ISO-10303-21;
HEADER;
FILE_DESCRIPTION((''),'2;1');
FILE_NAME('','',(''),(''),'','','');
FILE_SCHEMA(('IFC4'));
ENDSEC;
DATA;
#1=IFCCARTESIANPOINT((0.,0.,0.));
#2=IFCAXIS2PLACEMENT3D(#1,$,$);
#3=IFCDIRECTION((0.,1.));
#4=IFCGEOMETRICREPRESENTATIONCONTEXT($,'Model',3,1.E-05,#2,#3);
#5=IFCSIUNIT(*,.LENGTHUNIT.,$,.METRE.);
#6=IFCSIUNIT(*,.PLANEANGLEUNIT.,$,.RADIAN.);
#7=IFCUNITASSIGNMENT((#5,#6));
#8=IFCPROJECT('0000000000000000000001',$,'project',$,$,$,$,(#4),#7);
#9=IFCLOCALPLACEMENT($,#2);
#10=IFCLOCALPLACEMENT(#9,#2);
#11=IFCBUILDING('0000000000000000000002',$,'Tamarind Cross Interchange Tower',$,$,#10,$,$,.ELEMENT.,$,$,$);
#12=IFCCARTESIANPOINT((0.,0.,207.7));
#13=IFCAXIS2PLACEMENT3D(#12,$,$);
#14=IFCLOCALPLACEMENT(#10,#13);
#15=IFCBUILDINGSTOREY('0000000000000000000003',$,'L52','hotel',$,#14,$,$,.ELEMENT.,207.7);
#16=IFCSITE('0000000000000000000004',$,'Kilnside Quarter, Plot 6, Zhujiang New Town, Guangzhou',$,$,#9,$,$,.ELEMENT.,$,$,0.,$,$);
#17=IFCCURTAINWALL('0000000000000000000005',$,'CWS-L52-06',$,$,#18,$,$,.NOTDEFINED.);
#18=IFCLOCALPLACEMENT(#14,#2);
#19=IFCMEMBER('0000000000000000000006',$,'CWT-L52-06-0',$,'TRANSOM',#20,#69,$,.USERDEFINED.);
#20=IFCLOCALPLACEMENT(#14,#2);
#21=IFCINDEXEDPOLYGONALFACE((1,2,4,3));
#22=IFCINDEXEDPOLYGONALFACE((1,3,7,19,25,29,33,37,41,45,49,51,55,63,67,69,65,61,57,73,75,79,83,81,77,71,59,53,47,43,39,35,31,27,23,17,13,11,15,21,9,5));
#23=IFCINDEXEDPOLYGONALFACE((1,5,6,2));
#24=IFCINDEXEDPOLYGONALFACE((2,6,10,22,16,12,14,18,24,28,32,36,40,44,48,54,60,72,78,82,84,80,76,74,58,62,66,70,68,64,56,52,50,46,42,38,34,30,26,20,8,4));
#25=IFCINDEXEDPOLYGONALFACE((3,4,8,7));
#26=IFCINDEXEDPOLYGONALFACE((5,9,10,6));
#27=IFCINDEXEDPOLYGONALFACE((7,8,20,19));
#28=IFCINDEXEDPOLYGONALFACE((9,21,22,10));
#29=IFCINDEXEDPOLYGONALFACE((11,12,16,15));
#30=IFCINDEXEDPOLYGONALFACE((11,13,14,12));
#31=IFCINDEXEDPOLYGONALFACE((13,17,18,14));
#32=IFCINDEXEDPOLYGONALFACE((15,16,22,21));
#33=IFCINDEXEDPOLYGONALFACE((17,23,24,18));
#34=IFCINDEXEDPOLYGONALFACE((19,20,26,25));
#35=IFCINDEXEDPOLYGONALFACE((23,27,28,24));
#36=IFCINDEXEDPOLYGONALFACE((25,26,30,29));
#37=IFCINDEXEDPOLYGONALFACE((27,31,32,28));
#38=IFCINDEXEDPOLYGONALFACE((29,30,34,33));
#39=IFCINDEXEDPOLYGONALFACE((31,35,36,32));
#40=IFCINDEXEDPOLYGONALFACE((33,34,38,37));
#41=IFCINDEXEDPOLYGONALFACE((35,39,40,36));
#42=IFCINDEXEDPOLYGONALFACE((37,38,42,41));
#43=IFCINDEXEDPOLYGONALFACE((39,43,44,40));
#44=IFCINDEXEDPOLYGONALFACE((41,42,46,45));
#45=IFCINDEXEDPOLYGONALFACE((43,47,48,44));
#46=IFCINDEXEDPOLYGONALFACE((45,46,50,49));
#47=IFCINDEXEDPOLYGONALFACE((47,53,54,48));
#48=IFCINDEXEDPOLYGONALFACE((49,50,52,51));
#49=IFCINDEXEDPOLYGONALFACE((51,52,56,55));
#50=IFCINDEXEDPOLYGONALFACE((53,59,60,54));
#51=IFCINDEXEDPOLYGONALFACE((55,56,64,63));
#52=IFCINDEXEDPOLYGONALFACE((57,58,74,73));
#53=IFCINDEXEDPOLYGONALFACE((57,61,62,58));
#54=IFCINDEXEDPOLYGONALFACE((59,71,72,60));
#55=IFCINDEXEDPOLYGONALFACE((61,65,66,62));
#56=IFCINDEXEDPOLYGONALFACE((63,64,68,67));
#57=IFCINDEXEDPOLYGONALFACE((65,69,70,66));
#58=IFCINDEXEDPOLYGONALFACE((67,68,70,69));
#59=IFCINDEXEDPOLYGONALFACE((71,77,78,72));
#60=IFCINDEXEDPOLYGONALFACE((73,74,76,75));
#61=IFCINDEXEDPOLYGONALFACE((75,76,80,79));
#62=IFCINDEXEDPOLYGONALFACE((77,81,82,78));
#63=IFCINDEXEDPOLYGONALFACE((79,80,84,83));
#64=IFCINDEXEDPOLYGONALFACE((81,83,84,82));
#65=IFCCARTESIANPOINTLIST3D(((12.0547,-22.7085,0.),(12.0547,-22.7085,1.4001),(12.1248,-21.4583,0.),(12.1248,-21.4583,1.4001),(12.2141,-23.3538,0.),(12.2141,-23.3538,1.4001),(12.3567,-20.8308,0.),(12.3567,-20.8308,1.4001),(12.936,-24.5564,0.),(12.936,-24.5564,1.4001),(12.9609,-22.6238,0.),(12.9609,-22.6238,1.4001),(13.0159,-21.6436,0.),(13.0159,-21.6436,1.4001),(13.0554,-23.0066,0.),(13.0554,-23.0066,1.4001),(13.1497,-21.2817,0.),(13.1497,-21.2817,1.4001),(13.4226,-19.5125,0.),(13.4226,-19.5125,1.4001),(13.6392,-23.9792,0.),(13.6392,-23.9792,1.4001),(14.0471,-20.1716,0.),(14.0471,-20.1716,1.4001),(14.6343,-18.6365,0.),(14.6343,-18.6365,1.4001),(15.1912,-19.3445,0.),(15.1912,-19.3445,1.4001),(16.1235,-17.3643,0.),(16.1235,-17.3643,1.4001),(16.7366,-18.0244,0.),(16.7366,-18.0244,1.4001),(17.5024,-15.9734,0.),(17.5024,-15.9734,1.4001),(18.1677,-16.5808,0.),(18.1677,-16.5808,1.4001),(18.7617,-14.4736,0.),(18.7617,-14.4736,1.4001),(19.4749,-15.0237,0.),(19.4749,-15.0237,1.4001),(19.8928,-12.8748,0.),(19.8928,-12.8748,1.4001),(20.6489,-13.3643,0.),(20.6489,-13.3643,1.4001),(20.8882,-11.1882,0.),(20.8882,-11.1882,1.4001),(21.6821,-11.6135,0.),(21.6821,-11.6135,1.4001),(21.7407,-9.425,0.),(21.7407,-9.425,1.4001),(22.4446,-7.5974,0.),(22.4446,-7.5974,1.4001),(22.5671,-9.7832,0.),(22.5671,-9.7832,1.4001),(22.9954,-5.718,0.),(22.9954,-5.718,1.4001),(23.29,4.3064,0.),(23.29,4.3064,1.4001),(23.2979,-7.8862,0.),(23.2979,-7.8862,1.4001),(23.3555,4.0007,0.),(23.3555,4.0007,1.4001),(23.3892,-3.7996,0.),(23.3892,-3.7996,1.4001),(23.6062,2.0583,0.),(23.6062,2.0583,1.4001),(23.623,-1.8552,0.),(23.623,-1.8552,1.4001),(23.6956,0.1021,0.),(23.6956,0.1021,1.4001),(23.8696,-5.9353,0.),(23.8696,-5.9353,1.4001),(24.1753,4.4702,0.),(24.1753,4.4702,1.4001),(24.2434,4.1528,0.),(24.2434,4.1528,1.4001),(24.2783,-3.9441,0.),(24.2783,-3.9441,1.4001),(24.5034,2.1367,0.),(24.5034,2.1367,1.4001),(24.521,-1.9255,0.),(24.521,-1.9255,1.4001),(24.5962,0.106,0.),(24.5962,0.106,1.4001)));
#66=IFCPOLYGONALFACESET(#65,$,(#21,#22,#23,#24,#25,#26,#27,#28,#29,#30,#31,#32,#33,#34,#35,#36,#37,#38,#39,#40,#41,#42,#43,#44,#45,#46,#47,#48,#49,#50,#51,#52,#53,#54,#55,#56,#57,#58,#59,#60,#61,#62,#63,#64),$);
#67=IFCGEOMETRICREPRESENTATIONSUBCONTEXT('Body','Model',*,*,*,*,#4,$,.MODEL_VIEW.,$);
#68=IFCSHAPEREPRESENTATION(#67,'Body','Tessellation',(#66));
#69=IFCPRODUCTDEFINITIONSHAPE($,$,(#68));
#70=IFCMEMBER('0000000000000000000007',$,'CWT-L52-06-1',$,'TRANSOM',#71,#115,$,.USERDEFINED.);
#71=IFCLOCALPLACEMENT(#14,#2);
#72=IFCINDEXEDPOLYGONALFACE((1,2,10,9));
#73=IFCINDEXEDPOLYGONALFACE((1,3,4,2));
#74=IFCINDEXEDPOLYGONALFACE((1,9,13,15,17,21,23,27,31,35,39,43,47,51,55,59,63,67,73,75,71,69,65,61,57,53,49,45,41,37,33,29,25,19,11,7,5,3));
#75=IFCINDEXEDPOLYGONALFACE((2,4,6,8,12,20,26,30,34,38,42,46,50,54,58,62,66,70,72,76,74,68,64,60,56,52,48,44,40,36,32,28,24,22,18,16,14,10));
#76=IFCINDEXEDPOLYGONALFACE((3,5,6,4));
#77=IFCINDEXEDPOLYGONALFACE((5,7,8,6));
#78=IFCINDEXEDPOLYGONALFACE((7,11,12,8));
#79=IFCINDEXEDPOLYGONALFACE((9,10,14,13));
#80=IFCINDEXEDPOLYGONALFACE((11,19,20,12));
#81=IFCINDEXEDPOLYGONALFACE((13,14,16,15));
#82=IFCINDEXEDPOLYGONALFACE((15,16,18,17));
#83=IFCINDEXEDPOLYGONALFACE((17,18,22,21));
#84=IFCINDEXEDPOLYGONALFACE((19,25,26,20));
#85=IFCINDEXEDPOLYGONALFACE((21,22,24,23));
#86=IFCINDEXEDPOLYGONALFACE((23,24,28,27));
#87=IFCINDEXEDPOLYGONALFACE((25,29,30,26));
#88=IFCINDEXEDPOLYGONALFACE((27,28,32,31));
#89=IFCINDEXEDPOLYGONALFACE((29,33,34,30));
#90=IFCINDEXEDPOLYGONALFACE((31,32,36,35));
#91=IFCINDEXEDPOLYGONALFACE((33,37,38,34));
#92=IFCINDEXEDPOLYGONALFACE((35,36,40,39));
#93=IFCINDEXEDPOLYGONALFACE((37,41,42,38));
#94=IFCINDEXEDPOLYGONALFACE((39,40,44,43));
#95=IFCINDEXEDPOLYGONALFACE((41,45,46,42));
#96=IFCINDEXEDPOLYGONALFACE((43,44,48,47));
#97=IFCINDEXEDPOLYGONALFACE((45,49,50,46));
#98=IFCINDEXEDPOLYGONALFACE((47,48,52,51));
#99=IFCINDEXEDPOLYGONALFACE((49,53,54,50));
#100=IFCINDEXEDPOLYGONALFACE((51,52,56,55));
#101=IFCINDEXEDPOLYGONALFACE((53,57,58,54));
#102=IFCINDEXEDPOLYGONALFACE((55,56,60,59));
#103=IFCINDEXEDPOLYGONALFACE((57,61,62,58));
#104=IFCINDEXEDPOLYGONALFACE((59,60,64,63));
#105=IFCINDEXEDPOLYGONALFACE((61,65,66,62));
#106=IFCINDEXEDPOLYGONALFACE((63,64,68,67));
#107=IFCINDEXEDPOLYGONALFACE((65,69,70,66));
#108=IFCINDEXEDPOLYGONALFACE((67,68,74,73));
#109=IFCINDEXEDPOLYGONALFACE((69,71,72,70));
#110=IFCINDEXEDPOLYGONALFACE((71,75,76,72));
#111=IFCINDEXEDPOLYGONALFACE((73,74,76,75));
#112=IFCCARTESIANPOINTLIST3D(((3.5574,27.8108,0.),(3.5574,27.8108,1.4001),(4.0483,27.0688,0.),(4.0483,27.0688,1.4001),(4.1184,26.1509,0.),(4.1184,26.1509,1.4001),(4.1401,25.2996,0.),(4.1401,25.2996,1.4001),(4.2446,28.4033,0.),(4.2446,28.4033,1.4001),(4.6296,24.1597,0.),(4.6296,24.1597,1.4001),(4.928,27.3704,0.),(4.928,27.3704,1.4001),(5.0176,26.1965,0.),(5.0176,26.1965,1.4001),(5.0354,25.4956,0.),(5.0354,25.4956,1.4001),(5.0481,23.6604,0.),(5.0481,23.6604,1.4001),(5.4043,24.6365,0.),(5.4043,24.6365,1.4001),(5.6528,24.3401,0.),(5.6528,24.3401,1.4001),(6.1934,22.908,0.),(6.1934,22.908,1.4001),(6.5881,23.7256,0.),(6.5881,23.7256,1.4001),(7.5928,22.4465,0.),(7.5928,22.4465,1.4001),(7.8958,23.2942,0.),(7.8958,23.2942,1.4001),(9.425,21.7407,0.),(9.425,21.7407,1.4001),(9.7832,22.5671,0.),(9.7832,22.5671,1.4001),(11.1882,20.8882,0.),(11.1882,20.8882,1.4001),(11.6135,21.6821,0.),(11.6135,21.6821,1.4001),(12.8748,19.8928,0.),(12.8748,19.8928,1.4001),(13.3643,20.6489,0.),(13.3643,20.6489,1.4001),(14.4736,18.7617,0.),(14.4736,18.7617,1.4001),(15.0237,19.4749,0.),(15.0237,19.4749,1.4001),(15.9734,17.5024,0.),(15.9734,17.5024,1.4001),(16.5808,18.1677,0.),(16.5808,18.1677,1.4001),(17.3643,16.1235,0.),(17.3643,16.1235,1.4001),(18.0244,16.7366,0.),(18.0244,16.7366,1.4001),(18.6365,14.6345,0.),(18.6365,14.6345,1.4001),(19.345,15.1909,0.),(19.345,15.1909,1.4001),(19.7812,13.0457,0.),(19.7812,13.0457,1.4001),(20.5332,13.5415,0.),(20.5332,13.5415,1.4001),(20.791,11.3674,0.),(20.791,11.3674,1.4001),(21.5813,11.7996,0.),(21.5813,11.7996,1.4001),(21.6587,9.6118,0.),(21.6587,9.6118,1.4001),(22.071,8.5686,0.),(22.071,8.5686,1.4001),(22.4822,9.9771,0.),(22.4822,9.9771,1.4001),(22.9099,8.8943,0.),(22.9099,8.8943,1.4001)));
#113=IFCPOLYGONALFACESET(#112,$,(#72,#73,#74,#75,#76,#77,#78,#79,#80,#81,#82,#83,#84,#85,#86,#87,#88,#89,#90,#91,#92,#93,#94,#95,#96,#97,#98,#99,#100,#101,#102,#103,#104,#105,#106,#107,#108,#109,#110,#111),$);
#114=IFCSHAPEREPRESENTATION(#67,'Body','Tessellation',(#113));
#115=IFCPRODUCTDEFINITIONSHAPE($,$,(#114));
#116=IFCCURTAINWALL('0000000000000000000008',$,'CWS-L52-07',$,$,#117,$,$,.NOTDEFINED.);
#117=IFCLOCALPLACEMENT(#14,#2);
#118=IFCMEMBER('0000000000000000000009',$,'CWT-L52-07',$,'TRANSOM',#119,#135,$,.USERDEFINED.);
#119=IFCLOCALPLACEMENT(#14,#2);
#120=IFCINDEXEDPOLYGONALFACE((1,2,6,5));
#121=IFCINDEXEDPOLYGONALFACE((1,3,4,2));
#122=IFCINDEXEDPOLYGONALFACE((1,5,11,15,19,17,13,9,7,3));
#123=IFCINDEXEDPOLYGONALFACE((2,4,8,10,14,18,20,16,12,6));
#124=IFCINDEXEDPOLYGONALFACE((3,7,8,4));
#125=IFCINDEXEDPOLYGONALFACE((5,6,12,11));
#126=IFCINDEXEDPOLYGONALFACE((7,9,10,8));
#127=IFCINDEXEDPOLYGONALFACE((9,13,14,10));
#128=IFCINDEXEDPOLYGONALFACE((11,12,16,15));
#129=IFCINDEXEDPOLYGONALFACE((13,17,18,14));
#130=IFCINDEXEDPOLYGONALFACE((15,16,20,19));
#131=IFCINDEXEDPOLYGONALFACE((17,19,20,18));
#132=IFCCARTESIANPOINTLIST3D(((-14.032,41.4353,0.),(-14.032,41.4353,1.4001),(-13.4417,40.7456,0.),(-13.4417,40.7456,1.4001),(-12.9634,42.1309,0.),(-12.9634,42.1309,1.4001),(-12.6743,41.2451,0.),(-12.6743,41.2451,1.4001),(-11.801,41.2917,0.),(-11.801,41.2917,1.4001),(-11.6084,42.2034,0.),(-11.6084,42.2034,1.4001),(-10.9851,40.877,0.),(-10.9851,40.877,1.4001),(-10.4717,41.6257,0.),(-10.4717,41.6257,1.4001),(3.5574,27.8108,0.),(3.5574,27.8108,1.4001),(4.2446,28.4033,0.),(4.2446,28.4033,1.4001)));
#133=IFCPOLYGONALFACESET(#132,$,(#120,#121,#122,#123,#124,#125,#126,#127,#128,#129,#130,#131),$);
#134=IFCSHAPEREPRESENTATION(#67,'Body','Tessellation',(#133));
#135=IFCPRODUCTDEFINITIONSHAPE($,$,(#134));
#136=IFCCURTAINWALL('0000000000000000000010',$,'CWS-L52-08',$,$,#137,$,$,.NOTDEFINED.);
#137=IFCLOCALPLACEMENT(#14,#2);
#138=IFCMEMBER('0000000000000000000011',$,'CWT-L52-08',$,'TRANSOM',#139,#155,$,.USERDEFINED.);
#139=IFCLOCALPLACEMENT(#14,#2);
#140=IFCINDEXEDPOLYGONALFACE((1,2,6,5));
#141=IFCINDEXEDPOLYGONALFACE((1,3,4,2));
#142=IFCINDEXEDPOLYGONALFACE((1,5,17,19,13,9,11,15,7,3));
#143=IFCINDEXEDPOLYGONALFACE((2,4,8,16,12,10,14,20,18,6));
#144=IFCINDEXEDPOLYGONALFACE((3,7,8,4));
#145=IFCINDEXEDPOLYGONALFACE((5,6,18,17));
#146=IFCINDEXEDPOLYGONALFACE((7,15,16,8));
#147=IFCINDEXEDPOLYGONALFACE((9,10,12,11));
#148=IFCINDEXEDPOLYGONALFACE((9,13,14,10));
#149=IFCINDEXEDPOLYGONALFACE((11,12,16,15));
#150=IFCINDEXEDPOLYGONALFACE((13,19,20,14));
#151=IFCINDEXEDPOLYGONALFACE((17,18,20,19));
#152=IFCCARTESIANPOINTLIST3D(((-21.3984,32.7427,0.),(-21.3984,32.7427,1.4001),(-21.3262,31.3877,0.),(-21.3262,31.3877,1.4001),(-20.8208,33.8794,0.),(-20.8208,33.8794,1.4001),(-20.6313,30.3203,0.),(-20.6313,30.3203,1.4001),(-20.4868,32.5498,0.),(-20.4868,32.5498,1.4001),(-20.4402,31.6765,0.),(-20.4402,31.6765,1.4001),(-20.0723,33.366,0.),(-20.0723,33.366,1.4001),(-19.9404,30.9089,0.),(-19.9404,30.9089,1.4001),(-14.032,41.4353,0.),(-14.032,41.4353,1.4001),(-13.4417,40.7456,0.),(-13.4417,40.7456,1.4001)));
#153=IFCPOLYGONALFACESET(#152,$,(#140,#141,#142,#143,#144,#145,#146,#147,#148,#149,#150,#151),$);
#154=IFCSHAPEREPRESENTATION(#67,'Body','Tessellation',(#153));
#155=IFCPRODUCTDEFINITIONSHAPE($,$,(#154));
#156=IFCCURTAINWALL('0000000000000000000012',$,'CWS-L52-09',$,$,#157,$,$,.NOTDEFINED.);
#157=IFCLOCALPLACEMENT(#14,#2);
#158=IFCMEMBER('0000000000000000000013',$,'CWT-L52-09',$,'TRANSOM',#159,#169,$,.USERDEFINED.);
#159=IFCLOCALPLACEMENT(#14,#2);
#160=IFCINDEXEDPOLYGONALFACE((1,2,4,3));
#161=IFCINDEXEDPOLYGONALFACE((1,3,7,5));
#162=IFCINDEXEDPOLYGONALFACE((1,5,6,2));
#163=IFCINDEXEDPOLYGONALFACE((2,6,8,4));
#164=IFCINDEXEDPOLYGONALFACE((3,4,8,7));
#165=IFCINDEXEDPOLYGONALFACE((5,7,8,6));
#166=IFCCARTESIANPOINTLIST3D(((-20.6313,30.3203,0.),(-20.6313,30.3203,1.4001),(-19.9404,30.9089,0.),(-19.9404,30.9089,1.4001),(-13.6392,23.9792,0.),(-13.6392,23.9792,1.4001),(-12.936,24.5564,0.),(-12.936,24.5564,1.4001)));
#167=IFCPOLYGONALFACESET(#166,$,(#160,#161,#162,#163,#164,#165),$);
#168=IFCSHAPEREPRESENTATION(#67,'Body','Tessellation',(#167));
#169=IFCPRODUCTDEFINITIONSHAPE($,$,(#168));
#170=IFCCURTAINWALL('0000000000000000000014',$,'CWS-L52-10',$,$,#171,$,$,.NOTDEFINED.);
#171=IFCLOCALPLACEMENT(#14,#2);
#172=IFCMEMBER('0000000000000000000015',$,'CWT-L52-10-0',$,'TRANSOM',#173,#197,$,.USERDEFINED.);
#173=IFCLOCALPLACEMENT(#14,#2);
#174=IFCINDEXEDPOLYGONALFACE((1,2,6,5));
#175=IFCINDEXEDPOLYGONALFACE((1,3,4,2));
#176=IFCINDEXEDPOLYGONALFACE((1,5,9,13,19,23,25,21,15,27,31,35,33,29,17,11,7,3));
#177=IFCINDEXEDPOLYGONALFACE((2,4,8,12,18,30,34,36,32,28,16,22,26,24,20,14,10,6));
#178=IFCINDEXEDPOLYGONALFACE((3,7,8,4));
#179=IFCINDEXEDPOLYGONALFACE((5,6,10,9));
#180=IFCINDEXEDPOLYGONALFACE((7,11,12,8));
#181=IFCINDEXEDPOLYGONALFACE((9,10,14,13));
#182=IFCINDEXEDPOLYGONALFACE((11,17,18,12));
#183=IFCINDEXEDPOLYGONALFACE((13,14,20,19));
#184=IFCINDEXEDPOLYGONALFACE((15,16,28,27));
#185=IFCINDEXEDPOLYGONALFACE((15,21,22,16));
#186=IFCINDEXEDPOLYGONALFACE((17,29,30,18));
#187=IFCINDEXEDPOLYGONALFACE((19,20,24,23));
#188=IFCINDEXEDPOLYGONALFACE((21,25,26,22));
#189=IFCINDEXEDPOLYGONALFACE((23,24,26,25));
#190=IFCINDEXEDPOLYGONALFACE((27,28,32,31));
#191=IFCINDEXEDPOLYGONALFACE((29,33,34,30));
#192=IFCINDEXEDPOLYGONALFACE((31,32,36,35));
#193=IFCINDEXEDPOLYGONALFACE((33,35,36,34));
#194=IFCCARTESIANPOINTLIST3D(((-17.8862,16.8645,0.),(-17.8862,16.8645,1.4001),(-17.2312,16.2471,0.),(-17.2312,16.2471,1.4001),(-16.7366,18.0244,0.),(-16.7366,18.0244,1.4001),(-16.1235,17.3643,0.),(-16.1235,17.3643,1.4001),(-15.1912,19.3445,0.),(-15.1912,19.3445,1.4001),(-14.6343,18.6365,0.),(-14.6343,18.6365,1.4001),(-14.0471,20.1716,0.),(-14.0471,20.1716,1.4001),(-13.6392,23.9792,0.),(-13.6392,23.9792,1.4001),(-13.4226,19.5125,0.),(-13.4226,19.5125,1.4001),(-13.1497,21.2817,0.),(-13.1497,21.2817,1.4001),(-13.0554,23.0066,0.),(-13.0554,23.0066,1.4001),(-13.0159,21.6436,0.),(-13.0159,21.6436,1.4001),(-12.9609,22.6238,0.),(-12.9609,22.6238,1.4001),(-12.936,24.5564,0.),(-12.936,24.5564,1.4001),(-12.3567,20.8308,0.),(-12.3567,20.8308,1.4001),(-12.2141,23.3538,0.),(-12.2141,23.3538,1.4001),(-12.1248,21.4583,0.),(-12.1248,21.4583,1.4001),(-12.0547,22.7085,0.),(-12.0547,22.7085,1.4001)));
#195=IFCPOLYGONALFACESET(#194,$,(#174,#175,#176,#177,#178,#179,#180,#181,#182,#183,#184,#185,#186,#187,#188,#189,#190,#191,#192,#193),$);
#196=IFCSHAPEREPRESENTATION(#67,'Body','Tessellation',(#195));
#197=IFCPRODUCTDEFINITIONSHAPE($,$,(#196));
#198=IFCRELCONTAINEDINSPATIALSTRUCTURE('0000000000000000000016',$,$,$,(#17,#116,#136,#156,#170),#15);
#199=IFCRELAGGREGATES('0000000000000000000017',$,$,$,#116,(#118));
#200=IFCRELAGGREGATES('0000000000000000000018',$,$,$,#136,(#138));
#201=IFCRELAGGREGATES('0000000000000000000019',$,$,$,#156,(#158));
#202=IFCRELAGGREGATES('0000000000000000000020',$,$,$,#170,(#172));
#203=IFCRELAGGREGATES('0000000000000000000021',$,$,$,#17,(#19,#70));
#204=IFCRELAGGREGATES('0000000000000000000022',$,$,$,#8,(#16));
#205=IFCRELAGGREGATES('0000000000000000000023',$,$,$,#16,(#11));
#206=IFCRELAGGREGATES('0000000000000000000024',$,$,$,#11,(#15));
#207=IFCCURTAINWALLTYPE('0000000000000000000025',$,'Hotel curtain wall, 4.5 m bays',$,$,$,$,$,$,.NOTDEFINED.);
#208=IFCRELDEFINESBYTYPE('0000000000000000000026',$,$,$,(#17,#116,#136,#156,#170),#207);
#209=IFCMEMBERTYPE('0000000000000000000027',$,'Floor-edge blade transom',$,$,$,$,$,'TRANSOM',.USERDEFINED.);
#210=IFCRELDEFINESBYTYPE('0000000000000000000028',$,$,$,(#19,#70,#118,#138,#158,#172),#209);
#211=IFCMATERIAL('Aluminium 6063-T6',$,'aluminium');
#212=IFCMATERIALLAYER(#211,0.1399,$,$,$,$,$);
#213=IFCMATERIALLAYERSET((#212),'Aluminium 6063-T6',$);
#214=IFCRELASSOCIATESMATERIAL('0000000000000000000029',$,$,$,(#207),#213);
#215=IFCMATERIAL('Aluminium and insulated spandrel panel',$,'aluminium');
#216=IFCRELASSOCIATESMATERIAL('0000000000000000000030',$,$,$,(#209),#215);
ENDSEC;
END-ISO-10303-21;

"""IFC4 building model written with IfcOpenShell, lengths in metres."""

from ifc_helpers import new_model, si_unit, direction, frame, origin, place, context, subcontext, project, spatial, polyline, outline, extrude, material, layer, layer_set, type_object, element, aggregate, save


model = new_model("IFC4")

# Units and contexts
model_context = context("Model", 3, precision=1e-05, world=origin(), true_north=direction((0.0, 1.0)))
body_context = subcontext(model_context, "Body", "Model", "MODEL_VIEW")
ifc_project = project(units=[si_unit("LENGTHUNIT", "METRE"), si_unit("PLANEANGLEUNIT", "RADIAN")], contexts=[model_context])

# Site, building, storey
site_placement = place(None, origin())
site = spatial("IfcSite", under=ifc_project, at=site_placement, Name="Kilnside Quarter, Plot 6, Zhujiang New Town, Guangzhou", CompositionType="ELEMENT", RefElevation=0.0)
building_placement = place(site_placement, origin())
building = spatial("IfcBuilding", under=site, at=building_placement, Name="Tamarind Cross Interchange Tower", CompositionType="ELEMENT")
storey_placement = place(building_placement, frame((0.0, 0.0, 207.7)))
storey = spatial("IfcBuildingStorey", under=building, at=storey_placement, Name="L52", Description="hotel", CompositionType="ELEMENT", Elevation=207.7)

# Curtain wall, members
ifc_material_1 = material(Name="Aluminium 6063-T6", Category="aluminium")
ifc_layer_1 = layer(ifc_material_1, 0.1399)
ifc_layer_set_1 = layer_set([ifc_layer_1], Name="Aluminium 6063-T6")
curtain_wall_type = type_object("IfcCurtainWallType", Name="Hotel curtain wall, 4.5 m bays", PredefinedType="NOTDEFINED", material=ifc_layer_set_1)
curtain_wall_1_placement = place(storey_placement, origin())
curtain_wall_1 = element("IfcCurtainWall", 1, at=curtain_wall_1_placement, inside=storey, type_object=curtain_wall_type, Name="CWS-L52-06", PredefinedType="NOTDEFINED")
ifc_material_2 = material(Name="Aluminium and insulated spandrel panel", Category="aluminium")
member_type = type_object("IfcMemberType", Name="Floor-edge blade transom", ElementType="TRANSOM", PredefinedType="USERDEFINED", material=ifc_material_2)
member_1_placement = place(storey_placement, origin())
member_1 = element("IfcMember", 2, at=member_1_placement, type_object=member_type, Name="CWT-L52-06-0", ObjectType="TRANSOM", PredefinedType="USERDEFINED", context=body_context, shape_type="SweptSolid", body=[
    extrude(outline(polyline([(12.936, -24.5564), (12.2141, -23.3538), (12.0547, -22.7085), (12.1248, -21.4583), (12.3567, -20.8308), (13.4226, -19.5125), (14.6343, -18.6365), (16.1235, -17.3643), (17.5024, -15.9734), (18.7617, -14.4736), (19.8928, -12.8748), (20.8882, -11.1882), (21.7407, -9.425), (22.4446, -7.5974), (22.9954, -5.718), (23.3892, -3.7996), (23.623, -1.8552), (23.6956, 0.1021), (23.6062, 2.0583), (23.3555, 4.0007), (23.29, 4.3064), (24.1753, 4.4702), (24.2434, 4.1528), (24.5034, 2.1367), (24.5962, 0.106), (24.521, -1.9255), (24.2783, -3.9441), (23.8696, -5.9353), (23.2979, -7.8862), (22.5671, -9.7832), (21.6821, -11.6135), (20.6489, -13.3643), (19.4749, -15.0237), (18.1677, -16.5808), (16.7366, -18.0244), (15.1912, -19.3445), (14.0471, -20.1716), (13.1497, -21.2817), (13.0159, -21.6436), (12.9609, -22.6238), (13.0554, -23.0066), (13.6392, -23.9792), (12.936, -24.5564)])), origin(), (0.0, 0.0, 1.0), 1.4001),
])
member_2_placement = place(storey_placement, origin())
member_2 = element("IfcMember", 3, at=member_2_placement, type_object=member_type, Name="CWT-L52-06-1", ObjectType="TRANSOM", PredefinedType="USERDEFINED", context=body_context, shape_type="SweptSolid", body=[
    extrude(outline(polyline([(22.071, 8.5686), (21.6587, 9.6118), (20.791, 11.3674), (19.7812, 13.0457), (18.6365, 14.6345), (17.3643, 16.1235), (15.9734, 17.5024), (14.4736, 18.7617), (12.8748, 19.8928), (11.1882, 20.8882), (9.425, 21.7407), (7.5928, 22.4465), (6.1934, 22.908), (5.0481, 23.6604), (4.6296, 24.1597), (4.1401, 25.2996), (4.1184, 26.1509), (4.0483, 27.0688), (3.5574, 27.8108), (4.2446, 28.4033), (4.928, 27.3704), (5.0176, 26.1965), (5.0354, 25.4956), (5.4043, 24.6365), (5.6528, 24.3401), (6.5881, 23.7256), (7.8958, 23.2942), (9.7832, 22.5671), (11.6135, 21.6821), (13.3643, 20.6489), (15.0237, 19.4749), (16.5808, 18.1677), (18.0244, 16.7366), (19.345, 15.1909), (20.5332, 13.5415), (21.5813, 11.7996), (22.4822, 9.9771), (22.9099, 8.8943), (22.071, 8.5686)])), origin(), (0.0, 0.0, 1.0), 1.4001),
])

# Curtain walls, members
curtain_wall_2_placement = place(storey_placement, origin())
curtain_wall_2 = element("IfcCurtainWall", 4, at=curtain_wall_2_placement, inside=storey, type_object=curtain_wall_type, Name="CWS-L52-07", PredefinedType="NOTDEFINED")
member_3_placement = place(storey_placement, origin())
member_3 = element("IfcMember", 5, at=member_3_placement, type_object=member_type, Name="CWT-L52-07", ObjectType="TRANSOM", PredefinedType="USERDEFINED", context=body_context, shape_type="SweptSolid", body=[
    extrude(outline(polyline([(3.5574, 27.8108), (-10.9851, 40.877), (-11.801, 41.2917), (-12.6743, 41.2451), (-13.4417, 40.7456), (-14.032, 41.4353), (-12.9634, 42.1309), (-11.6084, 42.2034), (-10.4717, 41.6257), (4.2446, 28.4033), (3.5574, 27.8108)])), origin(), (0.0, 0.0, 1.0), 1.4001),
])
aggregate(curtain_wall_2, [member_3])
curtain_wall_3_placement = place(storey_placement, origin())
curtain_wall_3 = element("IfcCurtainWall", 6, at=curtain_wall_3_placement, inside=storey, type_object=curtain_wall_type, Name="CWS-L52-08", PredefinedType="NOTDEFINED")
member_4_placement = place(storey_placement, origin())
member_4 = element("IfcMember", 7, at=member_4_placement, type_object=member_type, Name="CWT-L52-08", ObjectType="TRANSOM", PredefinedType="USERDEFINED", context=body_context, shape_type="SweptSolid", body=[
    extrude(outline(polyline([(-13.4417, 40.7456), (-20.0723, 33.366), (-20.4868, 32.5498), (-20.4402, 31.6765), (-19.9404, 30.9089), (-20.6313, 30.3203), (-21.3262, 31.3877), (-21.3984, 32.7427), (-20.8208, 33.8794), (-14.032, 41.4353), (-13.4417, 40.7456)])), origin(), (0.0, 0.0, 1.0), 1.4001),
])
aggregate(curtain_wall_3, [member_4])
curtain_wall_4_placement = place(storey_placement, origin())
curtain_wall_4 = element("IfcCurtainWall", 8, at=curtain_wall_4_placement, inside=storey, type_object=curtain_wall_type, Name="CWS-L52-09", PredefinedType="NOTDEFINED")
member_5_placement = place(storey_placement, origin())
member_5 = element("IfcMember", 9, at=member_5_placement, type_object=member_type, Name="CWT-L52-09", ObjectType="TRANSOM", PredefinedType="USERDEFINED", context=body_context, shape_type="SweptSolid", body=[
    extrude(outline(polyline([(-19.9404, 30.9089), (-12.936, 24.5564), (-13.6392, 23.9792), (-20.6313, 30.3203), (-19.9404, 30.9089)])), origin(), (0.0, 0.0, 1.0), 1.4001),
])
aggregate(curtain_wall_4, [member_5])

# Curtain wall, member
curtain_wall_5_placement = place(storey_placement, origin())
curtain_wall_5 = element("IfcCurtainWall", 10, at=curtain_wall_5_placement, inside=storey, type_object=curtain_wall_type, Name="CWS-L52-10", PredefinedType="NOTDEFINED")
member_6_placement = place(storey_placement, origin())
member_6 = element("IfcMember", 11, at=member_6_placement, type_object=member_type, Name="CWT-L52-10-0", ObjectType="TRANSOM", PredefinedType="USERDEFINED", context=body_context, shape_type="SweptSolid", body=[
    extrude(outline(polyline([(-12.936, 24.5564), (-12.2141, 23.3538), (-12.0547, 22.7085), (-12.1248, 21.4583), (-12.3567, 20.8308), (-13.4226, 19.5125), (-14.6343, 18.6365), (-16.1235, 17.3643), (-17.2312, 16.2471), (-17.8862, 16.8645), (-16.7366, 18.0244), (-15.1912, 19.3445), (-14.0471, 20.1716), (-13.1497, 21.2817), (-13.0159, 21.6436), (-12.9609, 22.6238), (-13.0554, 23.0066), (-13.6392, 23.9792), (-12.936, 24.5564)])), origin(), (0.0, 0.0, 1.0), 1.4001),
])
aggregate(curtain_wall_5, [member_6])

aggregate(curtain_wall_1, [member_1, member_2])

save(model, "model.ifc")
